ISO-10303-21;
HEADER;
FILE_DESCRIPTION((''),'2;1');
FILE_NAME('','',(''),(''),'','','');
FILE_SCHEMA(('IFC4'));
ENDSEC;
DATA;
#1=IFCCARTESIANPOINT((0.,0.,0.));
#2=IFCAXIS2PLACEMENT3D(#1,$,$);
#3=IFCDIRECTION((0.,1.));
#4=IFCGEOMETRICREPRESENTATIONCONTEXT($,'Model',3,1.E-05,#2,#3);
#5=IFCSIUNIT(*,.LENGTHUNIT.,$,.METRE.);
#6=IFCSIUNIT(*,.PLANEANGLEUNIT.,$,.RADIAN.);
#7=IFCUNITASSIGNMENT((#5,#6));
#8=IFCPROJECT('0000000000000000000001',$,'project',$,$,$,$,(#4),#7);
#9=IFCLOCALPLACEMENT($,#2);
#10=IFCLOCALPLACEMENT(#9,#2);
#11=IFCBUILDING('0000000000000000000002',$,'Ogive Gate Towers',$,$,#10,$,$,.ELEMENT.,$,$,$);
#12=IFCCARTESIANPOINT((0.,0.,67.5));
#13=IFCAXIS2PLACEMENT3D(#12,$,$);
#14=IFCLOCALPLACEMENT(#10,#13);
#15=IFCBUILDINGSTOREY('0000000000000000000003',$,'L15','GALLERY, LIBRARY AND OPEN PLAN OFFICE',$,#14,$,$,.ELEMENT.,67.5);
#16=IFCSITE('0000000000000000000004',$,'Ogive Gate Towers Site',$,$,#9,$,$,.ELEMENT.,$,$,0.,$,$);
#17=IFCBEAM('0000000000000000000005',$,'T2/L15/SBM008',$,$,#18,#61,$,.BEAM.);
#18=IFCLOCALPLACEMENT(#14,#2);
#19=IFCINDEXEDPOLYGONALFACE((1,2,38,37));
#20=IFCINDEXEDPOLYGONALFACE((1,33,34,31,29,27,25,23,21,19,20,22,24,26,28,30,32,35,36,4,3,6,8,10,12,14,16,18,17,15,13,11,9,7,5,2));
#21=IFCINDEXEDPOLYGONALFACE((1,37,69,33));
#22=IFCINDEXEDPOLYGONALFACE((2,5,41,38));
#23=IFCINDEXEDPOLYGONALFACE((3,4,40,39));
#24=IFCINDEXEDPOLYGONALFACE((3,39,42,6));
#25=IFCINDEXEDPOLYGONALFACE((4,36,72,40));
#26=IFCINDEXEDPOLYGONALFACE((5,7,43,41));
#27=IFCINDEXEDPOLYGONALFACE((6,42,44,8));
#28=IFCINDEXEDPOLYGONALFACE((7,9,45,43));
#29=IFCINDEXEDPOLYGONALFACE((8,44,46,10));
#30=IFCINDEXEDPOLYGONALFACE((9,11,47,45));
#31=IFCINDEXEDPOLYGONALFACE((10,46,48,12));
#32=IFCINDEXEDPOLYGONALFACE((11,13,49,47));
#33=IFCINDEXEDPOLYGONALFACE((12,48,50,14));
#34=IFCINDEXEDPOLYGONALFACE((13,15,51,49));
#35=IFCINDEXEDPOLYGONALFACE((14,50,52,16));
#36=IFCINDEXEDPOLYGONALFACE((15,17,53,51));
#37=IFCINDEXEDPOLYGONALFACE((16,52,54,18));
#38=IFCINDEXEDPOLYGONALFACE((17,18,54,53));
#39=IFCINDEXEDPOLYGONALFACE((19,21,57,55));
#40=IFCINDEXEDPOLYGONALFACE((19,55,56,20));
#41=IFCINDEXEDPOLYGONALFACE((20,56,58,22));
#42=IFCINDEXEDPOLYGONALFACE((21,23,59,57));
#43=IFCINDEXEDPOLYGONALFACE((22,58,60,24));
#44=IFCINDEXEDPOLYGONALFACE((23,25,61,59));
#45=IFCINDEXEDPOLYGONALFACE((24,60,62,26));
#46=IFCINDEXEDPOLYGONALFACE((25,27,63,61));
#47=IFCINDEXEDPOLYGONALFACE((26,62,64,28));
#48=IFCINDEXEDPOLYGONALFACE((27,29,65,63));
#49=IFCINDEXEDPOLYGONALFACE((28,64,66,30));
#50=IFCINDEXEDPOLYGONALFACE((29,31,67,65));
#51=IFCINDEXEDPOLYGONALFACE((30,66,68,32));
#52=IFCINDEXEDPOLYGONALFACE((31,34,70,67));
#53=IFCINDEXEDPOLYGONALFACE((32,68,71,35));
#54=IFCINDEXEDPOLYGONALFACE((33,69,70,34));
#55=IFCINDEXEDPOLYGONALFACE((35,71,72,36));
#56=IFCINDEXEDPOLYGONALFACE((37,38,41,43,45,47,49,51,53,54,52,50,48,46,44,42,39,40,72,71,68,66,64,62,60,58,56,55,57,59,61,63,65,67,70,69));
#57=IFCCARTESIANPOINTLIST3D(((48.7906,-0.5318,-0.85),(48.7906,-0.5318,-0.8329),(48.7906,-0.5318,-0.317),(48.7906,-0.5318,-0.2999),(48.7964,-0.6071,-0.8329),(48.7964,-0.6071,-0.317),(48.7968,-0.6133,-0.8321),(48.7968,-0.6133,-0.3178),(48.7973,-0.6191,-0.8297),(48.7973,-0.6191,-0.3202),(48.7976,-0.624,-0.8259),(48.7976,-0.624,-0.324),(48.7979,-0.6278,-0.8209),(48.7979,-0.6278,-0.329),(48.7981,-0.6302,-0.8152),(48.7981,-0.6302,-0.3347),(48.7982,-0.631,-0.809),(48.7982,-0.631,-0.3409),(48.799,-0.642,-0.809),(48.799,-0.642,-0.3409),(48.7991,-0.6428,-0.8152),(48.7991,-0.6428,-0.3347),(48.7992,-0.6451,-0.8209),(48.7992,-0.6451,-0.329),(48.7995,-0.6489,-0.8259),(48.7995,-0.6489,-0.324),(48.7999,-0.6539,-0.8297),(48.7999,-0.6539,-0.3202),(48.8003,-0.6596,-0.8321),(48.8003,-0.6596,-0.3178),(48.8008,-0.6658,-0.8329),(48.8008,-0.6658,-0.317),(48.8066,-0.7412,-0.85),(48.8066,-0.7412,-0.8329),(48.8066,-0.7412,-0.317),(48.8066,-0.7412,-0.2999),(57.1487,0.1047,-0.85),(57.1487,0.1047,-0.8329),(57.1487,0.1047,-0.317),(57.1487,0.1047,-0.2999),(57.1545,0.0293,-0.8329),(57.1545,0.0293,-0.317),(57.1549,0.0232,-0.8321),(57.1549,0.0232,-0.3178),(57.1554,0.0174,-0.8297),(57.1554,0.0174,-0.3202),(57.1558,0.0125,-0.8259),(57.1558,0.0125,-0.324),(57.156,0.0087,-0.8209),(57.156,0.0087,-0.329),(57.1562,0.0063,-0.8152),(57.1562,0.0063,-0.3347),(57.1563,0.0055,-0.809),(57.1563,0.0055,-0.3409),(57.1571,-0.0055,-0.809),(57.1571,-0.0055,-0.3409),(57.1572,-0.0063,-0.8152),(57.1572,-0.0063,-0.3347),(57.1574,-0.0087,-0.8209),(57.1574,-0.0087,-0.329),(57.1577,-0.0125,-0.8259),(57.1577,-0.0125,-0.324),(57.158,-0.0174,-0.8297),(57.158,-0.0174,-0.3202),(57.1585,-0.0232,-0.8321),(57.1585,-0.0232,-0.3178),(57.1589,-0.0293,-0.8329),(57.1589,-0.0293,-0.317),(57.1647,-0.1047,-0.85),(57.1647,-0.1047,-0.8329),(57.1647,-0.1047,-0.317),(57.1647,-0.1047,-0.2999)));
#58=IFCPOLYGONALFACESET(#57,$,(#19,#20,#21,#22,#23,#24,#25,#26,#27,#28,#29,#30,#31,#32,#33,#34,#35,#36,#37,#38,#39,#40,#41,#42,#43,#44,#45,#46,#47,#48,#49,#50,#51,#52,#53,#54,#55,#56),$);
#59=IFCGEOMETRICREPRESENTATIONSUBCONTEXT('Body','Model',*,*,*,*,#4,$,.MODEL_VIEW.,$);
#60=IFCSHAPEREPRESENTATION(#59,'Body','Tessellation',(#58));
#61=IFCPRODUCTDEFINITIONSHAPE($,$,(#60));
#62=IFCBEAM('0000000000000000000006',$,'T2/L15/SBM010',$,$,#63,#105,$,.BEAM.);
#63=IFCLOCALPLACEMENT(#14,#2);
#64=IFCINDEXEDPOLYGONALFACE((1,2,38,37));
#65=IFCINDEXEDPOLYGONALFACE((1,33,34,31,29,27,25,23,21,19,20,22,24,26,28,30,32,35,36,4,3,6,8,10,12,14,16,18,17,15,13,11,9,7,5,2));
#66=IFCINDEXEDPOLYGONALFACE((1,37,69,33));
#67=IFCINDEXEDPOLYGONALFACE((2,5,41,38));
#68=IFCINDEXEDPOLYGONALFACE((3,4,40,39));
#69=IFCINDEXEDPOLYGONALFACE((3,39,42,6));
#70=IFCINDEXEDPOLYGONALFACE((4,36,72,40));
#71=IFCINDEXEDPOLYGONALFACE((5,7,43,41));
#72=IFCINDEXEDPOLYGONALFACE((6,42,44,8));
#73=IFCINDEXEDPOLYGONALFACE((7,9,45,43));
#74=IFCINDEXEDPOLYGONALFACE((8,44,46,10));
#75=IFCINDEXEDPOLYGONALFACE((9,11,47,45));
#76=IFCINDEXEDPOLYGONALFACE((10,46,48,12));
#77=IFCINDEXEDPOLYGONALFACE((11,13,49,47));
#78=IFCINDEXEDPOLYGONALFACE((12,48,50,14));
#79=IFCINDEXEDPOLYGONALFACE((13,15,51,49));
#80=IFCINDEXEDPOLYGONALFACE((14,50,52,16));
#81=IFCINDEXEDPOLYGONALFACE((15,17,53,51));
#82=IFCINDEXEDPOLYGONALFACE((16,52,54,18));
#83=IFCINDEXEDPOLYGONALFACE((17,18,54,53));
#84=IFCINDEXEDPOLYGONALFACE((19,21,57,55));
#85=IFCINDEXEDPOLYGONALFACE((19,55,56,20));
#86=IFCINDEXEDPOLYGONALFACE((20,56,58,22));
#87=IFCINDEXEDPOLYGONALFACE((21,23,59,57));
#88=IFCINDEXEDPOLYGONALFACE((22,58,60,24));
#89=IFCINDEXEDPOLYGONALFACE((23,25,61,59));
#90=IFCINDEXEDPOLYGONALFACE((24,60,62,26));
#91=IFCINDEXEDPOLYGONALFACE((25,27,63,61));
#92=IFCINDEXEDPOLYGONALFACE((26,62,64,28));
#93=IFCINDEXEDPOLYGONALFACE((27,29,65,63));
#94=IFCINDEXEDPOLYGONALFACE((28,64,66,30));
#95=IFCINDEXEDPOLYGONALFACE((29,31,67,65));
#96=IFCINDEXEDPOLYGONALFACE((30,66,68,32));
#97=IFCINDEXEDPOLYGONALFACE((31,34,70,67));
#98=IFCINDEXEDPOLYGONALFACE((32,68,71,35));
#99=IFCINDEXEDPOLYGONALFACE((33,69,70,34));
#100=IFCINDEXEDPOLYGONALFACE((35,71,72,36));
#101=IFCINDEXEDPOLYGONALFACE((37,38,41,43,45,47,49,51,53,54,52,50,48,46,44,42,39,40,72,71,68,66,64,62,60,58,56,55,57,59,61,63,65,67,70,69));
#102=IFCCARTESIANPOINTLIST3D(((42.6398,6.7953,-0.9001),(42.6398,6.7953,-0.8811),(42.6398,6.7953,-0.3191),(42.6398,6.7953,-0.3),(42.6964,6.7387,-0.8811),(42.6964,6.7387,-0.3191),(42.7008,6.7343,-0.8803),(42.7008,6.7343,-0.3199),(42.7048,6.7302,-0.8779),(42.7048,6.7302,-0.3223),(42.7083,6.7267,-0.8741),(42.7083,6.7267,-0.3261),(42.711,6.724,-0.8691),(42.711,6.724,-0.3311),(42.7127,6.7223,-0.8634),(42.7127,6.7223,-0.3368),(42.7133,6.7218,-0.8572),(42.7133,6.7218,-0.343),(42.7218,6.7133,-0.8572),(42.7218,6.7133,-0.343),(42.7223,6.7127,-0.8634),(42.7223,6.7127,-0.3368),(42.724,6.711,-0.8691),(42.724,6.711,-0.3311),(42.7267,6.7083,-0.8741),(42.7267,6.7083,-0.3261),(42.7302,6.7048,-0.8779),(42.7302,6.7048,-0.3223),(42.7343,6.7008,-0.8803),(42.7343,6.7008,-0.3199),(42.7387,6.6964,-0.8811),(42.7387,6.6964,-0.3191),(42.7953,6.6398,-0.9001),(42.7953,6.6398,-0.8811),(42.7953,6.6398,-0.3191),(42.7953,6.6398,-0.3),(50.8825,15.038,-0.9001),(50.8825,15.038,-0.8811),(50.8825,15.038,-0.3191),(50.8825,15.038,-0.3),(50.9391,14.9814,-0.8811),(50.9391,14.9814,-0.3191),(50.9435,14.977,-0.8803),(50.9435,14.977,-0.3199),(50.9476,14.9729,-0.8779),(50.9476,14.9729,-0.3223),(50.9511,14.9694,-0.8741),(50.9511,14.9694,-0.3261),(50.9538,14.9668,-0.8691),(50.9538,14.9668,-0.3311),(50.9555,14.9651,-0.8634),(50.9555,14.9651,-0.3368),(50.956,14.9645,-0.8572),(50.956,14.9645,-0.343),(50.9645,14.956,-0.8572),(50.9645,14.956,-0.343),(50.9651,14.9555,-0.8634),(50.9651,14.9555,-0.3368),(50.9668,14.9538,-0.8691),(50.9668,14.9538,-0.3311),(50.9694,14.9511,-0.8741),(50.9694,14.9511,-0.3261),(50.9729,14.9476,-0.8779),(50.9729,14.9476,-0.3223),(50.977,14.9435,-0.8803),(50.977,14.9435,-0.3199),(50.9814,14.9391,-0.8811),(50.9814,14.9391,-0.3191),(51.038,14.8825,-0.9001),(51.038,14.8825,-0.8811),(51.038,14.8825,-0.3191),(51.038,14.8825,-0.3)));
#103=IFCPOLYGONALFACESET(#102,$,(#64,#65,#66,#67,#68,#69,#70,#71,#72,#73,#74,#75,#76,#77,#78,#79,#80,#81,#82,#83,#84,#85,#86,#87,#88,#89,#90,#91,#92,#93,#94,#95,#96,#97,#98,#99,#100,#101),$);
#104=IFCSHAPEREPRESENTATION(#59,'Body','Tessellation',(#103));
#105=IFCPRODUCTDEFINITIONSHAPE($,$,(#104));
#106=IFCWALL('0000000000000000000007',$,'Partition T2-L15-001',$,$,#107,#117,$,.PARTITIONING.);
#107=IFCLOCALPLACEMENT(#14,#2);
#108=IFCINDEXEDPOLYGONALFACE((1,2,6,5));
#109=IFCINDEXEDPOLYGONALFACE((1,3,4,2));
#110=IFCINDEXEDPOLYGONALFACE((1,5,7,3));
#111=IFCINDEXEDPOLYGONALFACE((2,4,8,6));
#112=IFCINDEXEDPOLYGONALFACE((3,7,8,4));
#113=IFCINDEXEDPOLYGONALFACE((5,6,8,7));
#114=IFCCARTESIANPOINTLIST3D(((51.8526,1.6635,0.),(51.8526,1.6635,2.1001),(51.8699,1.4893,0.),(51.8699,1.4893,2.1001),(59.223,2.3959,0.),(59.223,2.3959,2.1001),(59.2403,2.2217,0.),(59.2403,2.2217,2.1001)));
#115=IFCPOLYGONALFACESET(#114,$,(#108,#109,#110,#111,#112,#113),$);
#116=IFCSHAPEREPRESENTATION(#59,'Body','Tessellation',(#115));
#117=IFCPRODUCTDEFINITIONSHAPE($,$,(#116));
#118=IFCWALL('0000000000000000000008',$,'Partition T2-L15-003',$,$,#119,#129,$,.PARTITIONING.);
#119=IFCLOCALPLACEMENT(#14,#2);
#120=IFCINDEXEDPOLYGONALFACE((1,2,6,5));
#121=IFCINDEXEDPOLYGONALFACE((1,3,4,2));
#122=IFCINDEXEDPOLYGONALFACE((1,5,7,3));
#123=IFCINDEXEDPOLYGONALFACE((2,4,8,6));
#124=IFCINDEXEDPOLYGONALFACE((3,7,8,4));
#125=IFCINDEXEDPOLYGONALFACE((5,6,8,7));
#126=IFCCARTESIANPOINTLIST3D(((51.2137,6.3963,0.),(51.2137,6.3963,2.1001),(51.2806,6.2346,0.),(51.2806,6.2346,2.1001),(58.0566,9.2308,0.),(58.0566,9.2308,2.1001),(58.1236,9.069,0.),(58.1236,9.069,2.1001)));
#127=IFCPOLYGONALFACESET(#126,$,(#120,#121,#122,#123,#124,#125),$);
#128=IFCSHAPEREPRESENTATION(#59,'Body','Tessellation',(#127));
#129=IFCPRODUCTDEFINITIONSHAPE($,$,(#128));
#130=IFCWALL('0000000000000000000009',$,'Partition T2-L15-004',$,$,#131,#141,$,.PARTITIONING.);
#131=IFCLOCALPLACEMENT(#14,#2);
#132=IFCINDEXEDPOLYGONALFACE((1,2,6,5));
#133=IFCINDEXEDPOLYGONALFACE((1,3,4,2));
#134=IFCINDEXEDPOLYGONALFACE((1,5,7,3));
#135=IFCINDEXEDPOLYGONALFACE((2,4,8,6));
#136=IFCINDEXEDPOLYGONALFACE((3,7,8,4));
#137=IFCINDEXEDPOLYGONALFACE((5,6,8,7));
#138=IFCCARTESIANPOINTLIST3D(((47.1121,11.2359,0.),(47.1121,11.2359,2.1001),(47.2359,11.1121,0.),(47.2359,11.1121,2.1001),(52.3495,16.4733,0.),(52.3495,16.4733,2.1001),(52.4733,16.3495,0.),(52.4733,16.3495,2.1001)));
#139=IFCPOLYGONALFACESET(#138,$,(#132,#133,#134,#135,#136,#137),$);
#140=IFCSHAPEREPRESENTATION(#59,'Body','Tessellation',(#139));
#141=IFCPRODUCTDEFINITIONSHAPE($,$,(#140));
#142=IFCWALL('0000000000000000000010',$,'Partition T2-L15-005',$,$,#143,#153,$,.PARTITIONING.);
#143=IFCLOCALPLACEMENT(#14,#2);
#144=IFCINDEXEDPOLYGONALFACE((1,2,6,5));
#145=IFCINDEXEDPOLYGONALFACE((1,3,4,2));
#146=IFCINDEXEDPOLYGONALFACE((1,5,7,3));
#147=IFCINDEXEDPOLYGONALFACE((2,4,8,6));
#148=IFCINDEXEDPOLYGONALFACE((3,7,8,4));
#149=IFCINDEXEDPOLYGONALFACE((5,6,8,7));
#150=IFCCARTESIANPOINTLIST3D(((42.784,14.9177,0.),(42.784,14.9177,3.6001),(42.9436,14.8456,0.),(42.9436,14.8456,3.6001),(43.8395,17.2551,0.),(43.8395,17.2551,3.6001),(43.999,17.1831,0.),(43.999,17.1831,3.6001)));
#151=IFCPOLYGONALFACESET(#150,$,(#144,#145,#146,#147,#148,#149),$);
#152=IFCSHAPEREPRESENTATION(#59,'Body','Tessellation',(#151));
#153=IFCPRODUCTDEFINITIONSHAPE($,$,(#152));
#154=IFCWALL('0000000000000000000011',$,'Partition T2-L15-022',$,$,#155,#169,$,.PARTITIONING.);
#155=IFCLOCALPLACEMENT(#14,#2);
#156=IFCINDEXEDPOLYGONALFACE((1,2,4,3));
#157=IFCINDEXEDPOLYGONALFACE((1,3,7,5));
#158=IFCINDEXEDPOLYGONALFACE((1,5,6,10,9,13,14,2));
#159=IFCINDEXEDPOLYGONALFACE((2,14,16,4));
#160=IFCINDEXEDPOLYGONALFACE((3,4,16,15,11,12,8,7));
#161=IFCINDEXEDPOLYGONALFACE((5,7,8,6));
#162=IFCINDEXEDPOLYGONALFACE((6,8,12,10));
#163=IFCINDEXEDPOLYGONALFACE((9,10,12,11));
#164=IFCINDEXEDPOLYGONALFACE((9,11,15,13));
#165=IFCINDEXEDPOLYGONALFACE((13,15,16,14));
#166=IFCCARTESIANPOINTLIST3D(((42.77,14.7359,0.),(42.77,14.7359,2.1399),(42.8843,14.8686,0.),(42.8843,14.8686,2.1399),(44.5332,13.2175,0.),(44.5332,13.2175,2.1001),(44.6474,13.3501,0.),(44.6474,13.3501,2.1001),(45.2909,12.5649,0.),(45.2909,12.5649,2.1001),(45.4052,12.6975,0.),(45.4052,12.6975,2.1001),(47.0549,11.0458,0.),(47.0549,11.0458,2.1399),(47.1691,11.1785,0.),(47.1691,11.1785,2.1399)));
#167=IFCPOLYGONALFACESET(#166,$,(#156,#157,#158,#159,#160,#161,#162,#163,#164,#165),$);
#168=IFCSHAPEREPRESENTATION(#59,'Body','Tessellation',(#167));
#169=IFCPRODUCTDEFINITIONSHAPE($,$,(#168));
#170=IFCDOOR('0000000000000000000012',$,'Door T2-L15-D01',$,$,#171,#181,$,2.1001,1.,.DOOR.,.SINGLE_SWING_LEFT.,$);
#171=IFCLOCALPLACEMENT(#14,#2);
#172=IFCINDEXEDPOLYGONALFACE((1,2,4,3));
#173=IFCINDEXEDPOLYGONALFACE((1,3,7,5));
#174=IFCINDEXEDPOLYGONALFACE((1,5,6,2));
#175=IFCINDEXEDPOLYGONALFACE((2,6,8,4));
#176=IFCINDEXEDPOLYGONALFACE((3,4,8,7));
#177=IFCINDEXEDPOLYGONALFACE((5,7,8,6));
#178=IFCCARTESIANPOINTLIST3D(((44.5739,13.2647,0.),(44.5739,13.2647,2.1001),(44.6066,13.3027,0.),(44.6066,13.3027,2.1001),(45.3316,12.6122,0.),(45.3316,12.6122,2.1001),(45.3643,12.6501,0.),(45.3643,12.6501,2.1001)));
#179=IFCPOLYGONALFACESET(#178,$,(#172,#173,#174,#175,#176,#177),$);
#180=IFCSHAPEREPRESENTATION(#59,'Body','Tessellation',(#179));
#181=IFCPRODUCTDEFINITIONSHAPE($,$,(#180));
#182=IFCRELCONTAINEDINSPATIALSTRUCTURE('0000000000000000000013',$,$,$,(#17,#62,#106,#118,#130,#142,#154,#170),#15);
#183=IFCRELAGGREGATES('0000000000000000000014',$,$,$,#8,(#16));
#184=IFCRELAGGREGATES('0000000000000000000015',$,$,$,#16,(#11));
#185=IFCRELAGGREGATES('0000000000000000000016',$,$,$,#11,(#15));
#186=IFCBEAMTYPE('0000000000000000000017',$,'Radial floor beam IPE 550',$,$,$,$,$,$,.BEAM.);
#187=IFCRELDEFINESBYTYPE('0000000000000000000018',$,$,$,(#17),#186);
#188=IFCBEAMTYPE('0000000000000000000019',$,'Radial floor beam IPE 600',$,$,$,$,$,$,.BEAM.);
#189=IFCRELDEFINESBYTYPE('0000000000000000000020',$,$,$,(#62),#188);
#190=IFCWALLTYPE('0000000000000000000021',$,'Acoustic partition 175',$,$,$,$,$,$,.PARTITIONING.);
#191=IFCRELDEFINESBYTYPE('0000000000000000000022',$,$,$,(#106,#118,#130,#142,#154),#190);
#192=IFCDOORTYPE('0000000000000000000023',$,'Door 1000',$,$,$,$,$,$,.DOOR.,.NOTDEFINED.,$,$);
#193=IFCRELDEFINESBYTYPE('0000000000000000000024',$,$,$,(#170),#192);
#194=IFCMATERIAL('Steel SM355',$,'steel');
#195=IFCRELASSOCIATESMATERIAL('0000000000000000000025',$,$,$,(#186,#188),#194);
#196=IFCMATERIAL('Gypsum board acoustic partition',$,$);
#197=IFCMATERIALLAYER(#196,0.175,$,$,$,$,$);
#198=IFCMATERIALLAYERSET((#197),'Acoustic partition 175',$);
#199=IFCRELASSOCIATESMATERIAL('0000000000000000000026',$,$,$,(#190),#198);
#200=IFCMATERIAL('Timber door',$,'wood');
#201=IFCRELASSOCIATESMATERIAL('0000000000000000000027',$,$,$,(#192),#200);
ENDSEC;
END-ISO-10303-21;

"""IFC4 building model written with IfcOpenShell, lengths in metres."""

from ifc_helpers import new_model, si_unit, direction, frame, frame_2d, origin, origin_2d, place, context, subcontext, project, spatial, rectangle, i_section, extrude, material, layer, layer_set, material_profile, profile_set, type_object, element, fill, save


model = new_model("IFC4")

# Units and contexts
model_context = context("Model", 3, precision=1e-05, world=origin(), true_north=direction((0.0, 1.0)))
body_context = subcontext(model_context, "Body", "Model", "MODEL_VIEW")
ifc_project = project(units=[si_unit("LENGTHUNIT", "METRE"), si_unit("PLANEANGLEUNIT", "RADIAN")], contexts=[model_context])

# Site, building, storey
site_placement = place(None, origin())
site = spatial("IfcSite", under=ifc_project, at=site_placement, Name="Ogive Gate Towers Site", CompositionType="ELEMENT", RefElevation=0.0)
building_placement = place(site_placement, origin())
building = spatial("IfcBuilding", under=site, at=building_placement, Name="Ogive Gate Towers", CompositionType="ELEMENT")
storey_placement = place(building_placement, frame((0.0, 0.0, 67.5)))
storey = spatial("IfcBuildingStorey", under=building, at=storey_placement, Name="L15", Description="GALLERY, LIBRARY AND OPEN PLAN OFFICE", CompositionType="ELEMENT", Elevation=67.5)

# Beams
ifc_material_1 = material(Name="Steel SM355", Category="steel")
ifc_material_profile_1 = material_profile(ifc_material_1, i_section(OverallWidth=0.21, OverallDepth=0.55, WebThickness=0.011, FlangeThickness=0.0171, FilletRadius=0.0239, at=origin_2d()), Name="IPE 550")
ifc_profile_set_1 = profile_set([ifc_material_profile_1], Name="Steel SM355")
beam_type_1 = type_object("IfcBeamType", Name="Radial floor beam IPE 550", PredefinedType="BEAM", material=ifc_profile_set_1)
beam_1_placement = place(storey_placement, frame((48.7986, -0.6365, -0.575), z_axis=(0.997113, 0.07593, 0.0), x_axis=(-0.07593, 0.997113, 0.0)))
element("IfcBeam", 1, at=beam_1_placement, inside=storey, type_object=beam_type_1, Name="T2/L15/SBM008", PredefinedType="BEAM", context=body_context, shape_type="SweptSolid", body=[
    extrude(i_section(OverallWidth=0.21, OverallDepth=0.55, WebThickness=0.011, FlangeThickness=0.0171, FilletRadius=0.0239, at=origin_2d()), origin(), (0.0, 0.0, 1.0), 8.3823),
])
ifc_material_profile_2 = material_profile(ifc_material_1, i_section(OverallWidth=0.22, OverallDepth=0.6001, WebThickness=0.012, FlangeThickness=0.019, FilletRadius=0.0239, at=origin_2d()), Name="IPE 600")
ifc_profile_set_2 = profile_set([ifc_material_profile_2], Name="Steel SM355")
beam_type_2 = type_object("IfcBeamType", Name="Radial floor beam IPE 600", PredefinedType="BEAM", material=ifc_profile_set_2)
beam_2_placement = place(storey_placement, frame((42.7175, 6.7175, -0.6001), z_axis=(0.707107, 0.707107, 0.0), x_axis=(-0.707107, 0.707107, 0.0)))
element("IfcBeam", 2, at=beam_2_placement, inside=storey, type_object=beam_type_2, Name="T2/L15/SBM010", PredefinedType="BEAM", context=body_context, shape_type="SweptSolid", body=[
    extrude(i_section(OverallWidth=0.22, OverallDepth=0.6001, WebThickness=0.012, FlangeThickness=0.019, FilletRadius=0.0239, at=origin_2d()), origin(), (0.0, 0.0, 1.0), 11.657),
])

# Walls
ifc_material_2 = material(Name="Gypsum board acoustic partition")
ifc_layer_1 = layer(ifc_material_2, 0.175)
ifc_layer_set_1 = layer_set([ifc_layer_1], Name="Acoustic partition 175")
wall_type_1 = type_object("IfcWallType", Name="Acoustic partition 175", PredefinedType="PARTITIONING", material=ifc_layer_set_1)
for number, where, z_axis, x_axis, name in (
    (3, (59.2317, 2.3088, 0.0), (0.0, 0.0, 1.0), (-0.995099, -0.098887, 0.0), "Partition T2-L15-001"),
    (4, (58.0901, 9.1499, 0.0), (0.0, 0.0, 1.0), (-0.923879, -0.382684, 0.0), "Partition T2-L15-003"),
    (5, (52.4114, 16.4114, 0.0), (0.0, 0.0, 1.0), (-0.707107, -0.707107, 0.0), "Partition T2-L15-004"),
):
    element("IfcWall", number, at=place(storey_placement, frame(where, z_axis=z_axis, x_axis=x_axis)), inside=storey, type_object=wall_type_1, Name=name, PredefinedType="PARTITIONING", context=body_context, shape_type="SweptSolid", body=[
        extrude(rectangle(XDim=7.4067, YDim=0.175, at=frame_2d((3.7034, 0.0))), origin(), (0.0, 0.0, 1.0), 2.1001),
    ])
wall_1_placement = place(storey_placement, frame((43.9192, 17.219, 0.0), z_axis=(0.0, 0.0, 1.0), x_axis=(-0.411528, -0.911397, 0.0)))
element("IfcWall", 6, at=wall_1_placement, inside=storey, type_object=wall_type_1, Name="Partition T2-L15-005", PredefinedType="PARTITIONING", context=body_context, shape_type="SweptSolid", body=[
    extrude(rectangle(XDim=2.5647, YDim=0.175, at=frame_2d((1.2822, 0.0))), origin(), (0.0, 0.0, 1.0), 3.6001),
])

# Wall, opening, door
wall_2_placement = place(storey_placement, frame((42.8271, 14.8022, 0.0), z_axis=(0.0, 0.0, 1.0), x_axis=(0.757734, -0.652564, 0.0)))
wall_2 = element("IfcWall", 7, at=wall_2_placement, inside=storey, type_object=wall_type_1, Name="Partition T2-L15-022", PredefinedType="PARTITIONING", context=body_context, shape_type="SweptSolid", body=[
    extrude(rectangle(XDim=5.6548, YDim=0.175, at=frame_2d((2.8274, 0.0))), origin(), (0.0, 0.0, 1.0), 2.1399),
])
opening_1_placement = place(wall_2_placement, frame((2.3269, 0.0, 0.0)))
opening_1 = element("IfcOpeningElement", 8, at=opening_1_placement, cuts=wall_2, PredefinedType="OPENING", context=body_context, shape_type="SweptSolid", body=[
    extrude(rectangle(XDim=1.0, YDim=2.1001, at=frame_2d((0.5, 1.05))), frame((0.0, 0.0977, 0.0), z_axis=(0.0, -1.0, 0.0), x_axis=(1.0, 0.0, 0.0)), (0.0, 0.0, 1.0), 0.1951),
])
ifc_material_3 = material(Name="Timber door", Category="wood")
door_type_1 = type_object("IfcDoorType", Name="Door 1000", OperationType="NOTDEFINED", PredefinedType="DOOR", material=ifc_material_3)
door_1_placement = place(opening_1_placement, origin())
door_1 = element("IfcDoor", 9, at=door_1_placement, inside=storey, type_object=door_type_1, Name="Door T2-L15-D01", OperationType="SINGLE_SWING_LEFT", OverallHeight=2.1001, OverallWidth=1.0, PredefinedType="DOOR", context=body_context, shape_type="SweptSolid", body=[
    extrude(rectangle(XDim=1.0, YDim=2.1001, at=frame_2d((0.5, 1.05))), frame((0.0, 0.0249, 0.0), z_axis=(0.0, -1.0, 0.0), x_axis=(1.0, 0.0, 0.0)), (0.0, 0.0, 1.0), 0.05),
])
fill(opening_1, door_1)

save(model, "model.ifc")
